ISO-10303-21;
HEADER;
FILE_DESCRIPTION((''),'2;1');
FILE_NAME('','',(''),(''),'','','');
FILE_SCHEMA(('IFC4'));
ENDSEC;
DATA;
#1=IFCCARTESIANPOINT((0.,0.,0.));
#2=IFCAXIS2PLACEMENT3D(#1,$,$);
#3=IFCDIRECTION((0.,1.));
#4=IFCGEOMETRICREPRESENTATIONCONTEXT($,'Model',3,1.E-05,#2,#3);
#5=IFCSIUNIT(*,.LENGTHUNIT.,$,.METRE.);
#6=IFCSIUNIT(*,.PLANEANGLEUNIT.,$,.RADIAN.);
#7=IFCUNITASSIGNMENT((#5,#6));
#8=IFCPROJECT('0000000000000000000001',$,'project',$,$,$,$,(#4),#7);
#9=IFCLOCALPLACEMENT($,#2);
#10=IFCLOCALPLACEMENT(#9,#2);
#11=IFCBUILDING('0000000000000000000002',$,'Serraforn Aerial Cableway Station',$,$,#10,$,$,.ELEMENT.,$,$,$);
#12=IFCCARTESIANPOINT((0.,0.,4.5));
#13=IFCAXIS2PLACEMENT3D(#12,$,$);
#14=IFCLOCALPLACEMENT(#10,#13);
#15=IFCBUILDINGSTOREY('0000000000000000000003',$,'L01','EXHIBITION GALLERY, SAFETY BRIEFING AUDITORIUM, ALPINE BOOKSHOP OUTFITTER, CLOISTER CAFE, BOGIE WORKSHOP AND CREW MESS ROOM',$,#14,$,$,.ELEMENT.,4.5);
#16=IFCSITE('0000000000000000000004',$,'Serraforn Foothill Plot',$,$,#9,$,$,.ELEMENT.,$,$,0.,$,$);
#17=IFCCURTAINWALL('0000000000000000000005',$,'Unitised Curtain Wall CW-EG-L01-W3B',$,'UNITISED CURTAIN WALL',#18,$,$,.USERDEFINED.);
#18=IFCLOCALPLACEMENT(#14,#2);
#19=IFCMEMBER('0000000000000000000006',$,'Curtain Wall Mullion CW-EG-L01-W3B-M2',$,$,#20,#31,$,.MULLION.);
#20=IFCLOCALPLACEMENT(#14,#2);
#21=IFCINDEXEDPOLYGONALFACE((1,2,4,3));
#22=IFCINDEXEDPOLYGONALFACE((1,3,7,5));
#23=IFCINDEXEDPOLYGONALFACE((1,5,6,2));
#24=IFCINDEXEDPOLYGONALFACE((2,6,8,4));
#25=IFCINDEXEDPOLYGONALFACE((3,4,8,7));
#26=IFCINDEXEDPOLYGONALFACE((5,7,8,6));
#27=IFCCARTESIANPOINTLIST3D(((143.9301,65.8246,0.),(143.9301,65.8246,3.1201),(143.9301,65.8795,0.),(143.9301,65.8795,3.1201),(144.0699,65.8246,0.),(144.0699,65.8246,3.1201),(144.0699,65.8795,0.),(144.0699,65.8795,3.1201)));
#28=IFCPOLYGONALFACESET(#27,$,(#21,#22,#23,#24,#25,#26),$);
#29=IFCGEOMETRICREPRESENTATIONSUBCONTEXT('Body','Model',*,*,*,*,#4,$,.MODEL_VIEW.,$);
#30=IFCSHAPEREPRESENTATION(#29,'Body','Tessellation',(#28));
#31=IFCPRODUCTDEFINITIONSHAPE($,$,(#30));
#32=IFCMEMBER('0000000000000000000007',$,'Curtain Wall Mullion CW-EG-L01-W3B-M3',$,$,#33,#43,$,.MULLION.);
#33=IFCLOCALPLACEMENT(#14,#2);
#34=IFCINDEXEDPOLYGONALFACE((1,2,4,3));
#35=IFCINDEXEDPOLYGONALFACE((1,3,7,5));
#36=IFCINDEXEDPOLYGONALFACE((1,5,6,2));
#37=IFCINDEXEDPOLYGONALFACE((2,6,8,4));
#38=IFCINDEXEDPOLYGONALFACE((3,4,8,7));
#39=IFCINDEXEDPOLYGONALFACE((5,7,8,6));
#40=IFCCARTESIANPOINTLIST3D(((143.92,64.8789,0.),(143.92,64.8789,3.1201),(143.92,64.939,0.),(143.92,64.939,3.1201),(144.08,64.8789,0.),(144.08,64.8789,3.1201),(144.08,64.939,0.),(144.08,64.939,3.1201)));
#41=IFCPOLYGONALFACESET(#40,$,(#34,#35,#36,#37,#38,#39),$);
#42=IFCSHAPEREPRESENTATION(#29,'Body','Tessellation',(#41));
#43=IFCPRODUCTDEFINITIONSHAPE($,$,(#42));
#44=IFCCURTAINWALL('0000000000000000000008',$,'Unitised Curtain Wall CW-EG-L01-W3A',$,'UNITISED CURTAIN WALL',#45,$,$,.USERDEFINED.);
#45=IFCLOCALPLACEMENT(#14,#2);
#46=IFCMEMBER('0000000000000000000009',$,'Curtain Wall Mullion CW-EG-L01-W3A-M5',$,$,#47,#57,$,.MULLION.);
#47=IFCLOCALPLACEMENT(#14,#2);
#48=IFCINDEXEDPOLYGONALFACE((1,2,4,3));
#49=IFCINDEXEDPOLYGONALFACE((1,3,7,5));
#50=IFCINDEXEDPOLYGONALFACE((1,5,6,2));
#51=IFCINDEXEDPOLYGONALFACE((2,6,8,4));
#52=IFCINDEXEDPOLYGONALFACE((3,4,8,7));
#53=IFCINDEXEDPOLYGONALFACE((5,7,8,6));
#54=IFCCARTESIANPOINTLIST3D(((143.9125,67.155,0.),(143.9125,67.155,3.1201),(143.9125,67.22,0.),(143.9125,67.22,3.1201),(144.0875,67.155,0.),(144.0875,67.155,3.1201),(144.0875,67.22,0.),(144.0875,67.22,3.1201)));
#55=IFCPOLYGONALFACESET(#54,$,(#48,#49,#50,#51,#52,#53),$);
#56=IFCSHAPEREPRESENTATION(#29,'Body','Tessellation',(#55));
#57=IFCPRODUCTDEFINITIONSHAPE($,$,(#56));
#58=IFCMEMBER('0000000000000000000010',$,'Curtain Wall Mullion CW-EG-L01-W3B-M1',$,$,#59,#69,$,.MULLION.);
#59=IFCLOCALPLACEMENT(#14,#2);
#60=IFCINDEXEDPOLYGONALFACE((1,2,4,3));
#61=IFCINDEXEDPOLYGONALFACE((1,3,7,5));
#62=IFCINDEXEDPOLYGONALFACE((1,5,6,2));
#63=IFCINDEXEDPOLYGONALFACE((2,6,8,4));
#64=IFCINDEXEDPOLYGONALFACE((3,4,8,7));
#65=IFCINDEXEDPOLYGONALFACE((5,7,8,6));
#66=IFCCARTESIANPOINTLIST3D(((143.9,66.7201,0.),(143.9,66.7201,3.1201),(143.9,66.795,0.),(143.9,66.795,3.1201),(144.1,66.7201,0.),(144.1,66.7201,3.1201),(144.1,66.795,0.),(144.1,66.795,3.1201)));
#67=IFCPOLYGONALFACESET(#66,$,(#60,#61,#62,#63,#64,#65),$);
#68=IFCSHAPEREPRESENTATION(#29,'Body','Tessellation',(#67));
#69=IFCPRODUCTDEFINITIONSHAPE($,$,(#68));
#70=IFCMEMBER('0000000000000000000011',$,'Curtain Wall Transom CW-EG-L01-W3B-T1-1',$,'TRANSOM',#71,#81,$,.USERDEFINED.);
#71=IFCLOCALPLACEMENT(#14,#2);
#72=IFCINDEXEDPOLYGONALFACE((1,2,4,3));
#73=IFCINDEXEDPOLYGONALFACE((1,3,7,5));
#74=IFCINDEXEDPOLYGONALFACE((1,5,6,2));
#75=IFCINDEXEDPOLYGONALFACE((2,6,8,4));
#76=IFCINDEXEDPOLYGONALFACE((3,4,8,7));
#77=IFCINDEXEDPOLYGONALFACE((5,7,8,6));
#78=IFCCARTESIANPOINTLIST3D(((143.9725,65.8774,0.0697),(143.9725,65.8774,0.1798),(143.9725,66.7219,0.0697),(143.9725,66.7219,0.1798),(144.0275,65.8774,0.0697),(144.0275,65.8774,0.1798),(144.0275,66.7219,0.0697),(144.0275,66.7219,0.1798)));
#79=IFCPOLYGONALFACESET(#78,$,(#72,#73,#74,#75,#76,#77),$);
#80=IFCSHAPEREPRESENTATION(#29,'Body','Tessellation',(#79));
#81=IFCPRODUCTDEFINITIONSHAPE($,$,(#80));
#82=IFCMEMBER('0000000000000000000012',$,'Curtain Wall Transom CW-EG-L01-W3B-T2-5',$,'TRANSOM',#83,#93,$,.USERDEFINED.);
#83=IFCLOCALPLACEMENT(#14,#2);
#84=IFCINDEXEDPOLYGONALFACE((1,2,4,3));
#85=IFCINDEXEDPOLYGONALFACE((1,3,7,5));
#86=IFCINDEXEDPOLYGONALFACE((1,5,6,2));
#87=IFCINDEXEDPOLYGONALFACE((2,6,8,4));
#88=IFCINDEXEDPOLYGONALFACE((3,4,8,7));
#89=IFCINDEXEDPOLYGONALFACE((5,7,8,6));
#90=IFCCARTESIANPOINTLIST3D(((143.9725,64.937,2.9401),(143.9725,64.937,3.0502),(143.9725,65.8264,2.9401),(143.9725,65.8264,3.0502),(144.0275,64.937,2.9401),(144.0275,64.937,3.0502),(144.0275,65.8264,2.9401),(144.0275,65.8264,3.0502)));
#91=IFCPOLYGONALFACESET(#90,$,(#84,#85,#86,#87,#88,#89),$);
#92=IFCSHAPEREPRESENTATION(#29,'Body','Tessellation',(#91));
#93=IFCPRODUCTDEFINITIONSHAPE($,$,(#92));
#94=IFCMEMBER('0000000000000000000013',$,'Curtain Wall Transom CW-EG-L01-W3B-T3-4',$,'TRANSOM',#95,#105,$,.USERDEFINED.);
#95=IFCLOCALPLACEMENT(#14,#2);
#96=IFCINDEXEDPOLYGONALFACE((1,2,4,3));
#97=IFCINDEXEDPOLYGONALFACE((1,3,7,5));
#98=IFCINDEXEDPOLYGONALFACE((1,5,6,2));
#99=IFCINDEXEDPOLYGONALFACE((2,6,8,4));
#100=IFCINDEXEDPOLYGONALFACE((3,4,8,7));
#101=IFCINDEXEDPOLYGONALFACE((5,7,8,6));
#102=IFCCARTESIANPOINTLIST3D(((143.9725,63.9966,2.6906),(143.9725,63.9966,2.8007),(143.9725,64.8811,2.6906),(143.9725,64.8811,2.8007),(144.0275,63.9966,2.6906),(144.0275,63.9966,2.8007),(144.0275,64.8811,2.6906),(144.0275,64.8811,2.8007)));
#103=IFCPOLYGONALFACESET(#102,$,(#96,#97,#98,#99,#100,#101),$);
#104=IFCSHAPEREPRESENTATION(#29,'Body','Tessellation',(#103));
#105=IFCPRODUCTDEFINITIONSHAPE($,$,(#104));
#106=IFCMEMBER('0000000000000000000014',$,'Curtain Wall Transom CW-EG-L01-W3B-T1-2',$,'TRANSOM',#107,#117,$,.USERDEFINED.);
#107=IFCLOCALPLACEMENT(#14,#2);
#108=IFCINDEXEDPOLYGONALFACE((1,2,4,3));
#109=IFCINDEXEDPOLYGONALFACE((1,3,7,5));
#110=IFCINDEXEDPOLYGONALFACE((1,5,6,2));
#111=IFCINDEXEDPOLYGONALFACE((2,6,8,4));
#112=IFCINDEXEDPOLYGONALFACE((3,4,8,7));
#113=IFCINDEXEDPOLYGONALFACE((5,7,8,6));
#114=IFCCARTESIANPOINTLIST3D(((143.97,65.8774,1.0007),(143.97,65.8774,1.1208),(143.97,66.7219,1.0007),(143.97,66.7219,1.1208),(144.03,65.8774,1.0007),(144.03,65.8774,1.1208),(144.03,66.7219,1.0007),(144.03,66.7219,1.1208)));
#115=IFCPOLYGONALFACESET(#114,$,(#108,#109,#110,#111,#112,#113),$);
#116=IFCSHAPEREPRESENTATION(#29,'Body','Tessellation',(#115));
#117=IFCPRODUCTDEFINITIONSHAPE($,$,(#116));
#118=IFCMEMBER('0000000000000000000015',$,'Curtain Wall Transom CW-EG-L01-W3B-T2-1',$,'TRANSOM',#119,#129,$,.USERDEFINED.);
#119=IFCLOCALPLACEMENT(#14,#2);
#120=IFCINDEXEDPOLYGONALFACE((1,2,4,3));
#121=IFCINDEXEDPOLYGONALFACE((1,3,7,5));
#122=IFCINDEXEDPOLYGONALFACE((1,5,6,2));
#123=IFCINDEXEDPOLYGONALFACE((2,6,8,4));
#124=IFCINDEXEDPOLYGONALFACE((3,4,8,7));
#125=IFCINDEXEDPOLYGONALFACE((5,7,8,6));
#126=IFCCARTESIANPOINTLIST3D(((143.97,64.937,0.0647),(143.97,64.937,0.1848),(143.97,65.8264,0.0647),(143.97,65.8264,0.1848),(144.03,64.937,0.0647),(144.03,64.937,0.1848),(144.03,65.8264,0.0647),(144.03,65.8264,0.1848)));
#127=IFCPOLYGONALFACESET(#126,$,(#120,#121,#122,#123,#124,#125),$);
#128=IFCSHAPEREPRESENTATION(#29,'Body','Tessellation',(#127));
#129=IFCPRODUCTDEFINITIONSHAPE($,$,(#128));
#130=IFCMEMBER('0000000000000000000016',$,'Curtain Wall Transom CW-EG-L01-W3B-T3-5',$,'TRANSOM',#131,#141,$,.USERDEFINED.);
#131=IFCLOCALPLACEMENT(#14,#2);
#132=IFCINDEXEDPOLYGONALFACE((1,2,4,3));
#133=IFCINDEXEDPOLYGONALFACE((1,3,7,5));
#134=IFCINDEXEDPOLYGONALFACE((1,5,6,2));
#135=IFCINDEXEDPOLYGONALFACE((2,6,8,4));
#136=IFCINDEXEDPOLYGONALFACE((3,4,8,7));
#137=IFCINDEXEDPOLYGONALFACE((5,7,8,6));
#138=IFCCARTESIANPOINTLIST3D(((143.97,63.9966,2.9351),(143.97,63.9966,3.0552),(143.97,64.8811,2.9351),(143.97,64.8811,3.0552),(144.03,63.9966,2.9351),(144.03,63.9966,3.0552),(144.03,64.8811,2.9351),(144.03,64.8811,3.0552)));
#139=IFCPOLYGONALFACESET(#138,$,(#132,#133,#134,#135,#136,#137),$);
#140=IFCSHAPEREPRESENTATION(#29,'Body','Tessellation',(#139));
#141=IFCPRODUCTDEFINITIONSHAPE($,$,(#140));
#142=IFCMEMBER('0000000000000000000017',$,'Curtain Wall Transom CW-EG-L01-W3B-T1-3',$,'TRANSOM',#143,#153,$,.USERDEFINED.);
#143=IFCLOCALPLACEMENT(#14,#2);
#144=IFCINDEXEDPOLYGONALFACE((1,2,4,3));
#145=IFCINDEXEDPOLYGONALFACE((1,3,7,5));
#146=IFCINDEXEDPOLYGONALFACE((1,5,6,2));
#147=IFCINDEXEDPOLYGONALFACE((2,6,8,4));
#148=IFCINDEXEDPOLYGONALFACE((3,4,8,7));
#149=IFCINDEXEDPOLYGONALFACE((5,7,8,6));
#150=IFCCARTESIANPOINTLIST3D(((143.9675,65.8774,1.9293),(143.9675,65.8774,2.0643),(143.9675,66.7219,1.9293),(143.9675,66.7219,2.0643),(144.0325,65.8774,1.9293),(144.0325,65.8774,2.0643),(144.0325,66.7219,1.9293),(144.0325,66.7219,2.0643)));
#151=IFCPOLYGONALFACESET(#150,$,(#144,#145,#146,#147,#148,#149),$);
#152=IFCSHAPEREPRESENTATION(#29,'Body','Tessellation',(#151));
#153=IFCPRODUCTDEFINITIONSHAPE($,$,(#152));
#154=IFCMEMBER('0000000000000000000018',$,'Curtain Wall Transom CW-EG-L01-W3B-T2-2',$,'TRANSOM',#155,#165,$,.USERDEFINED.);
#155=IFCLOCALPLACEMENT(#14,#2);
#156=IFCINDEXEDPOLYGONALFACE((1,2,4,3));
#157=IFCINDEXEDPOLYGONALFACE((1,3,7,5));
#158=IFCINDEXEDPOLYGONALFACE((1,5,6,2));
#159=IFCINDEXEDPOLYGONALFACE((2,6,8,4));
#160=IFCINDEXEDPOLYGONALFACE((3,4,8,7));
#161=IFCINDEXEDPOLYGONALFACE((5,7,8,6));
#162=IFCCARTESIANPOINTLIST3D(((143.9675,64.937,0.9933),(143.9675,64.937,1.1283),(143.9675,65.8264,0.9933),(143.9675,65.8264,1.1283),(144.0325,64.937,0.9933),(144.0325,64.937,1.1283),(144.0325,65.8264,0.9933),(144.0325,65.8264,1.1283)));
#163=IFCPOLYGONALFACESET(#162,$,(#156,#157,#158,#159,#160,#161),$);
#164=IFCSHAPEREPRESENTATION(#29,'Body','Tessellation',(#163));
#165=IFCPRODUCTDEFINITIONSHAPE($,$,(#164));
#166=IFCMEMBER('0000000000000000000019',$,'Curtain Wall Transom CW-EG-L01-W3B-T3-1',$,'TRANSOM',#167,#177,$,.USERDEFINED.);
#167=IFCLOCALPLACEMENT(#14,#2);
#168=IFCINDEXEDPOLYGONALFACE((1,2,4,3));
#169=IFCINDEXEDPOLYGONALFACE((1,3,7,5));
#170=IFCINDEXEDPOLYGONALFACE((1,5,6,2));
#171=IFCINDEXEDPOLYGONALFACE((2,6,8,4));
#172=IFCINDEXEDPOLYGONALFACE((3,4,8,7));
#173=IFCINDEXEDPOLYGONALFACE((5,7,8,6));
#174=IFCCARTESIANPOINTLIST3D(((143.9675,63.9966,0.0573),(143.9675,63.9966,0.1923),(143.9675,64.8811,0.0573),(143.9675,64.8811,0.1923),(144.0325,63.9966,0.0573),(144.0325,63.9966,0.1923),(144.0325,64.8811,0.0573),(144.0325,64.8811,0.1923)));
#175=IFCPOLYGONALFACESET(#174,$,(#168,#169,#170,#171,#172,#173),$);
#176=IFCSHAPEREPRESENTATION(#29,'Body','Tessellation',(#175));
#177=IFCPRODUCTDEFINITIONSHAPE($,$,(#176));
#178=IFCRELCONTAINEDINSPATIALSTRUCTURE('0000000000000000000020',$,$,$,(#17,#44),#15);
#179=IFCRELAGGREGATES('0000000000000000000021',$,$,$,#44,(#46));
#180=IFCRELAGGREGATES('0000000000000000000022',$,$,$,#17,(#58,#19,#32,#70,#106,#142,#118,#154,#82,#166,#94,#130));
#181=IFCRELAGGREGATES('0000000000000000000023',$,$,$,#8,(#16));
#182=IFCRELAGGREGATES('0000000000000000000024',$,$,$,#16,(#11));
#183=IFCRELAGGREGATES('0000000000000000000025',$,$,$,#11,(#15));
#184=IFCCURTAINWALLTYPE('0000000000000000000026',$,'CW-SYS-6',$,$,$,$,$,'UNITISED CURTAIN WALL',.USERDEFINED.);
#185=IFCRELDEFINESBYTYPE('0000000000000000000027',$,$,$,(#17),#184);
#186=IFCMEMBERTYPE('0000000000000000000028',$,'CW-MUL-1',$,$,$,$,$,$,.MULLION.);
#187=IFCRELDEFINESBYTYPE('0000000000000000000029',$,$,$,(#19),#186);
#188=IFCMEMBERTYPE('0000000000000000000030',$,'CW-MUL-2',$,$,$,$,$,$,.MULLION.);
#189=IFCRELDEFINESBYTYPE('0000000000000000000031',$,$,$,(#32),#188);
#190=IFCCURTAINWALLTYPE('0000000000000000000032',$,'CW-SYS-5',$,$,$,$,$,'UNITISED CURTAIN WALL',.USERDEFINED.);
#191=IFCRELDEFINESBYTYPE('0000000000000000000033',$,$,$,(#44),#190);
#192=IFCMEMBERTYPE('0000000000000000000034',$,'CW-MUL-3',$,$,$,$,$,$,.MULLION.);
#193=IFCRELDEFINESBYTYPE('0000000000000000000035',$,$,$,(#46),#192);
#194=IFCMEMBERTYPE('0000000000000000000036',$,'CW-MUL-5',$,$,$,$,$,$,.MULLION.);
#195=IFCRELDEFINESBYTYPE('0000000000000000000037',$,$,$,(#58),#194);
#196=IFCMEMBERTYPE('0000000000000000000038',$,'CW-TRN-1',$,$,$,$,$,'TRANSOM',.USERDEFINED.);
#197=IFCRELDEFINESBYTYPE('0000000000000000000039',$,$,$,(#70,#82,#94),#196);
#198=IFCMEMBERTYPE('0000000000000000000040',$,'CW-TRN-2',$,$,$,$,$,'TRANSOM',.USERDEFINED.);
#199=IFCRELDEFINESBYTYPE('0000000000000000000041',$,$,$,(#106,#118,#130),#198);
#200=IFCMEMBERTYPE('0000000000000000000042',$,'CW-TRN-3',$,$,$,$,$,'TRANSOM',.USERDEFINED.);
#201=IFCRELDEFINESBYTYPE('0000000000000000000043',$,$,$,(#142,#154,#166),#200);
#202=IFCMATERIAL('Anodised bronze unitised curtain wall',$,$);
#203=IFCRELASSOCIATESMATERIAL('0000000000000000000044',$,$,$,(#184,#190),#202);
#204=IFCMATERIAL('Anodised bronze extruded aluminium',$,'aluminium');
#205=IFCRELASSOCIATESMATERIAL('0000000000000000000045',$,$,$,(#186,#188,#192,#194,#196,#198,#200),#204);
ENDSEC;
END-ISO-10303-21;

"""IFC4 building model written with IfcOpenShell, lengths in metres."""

from ifc_helpers import new_model, si_unit, direction, frame, origin, origin_2d, place, context, subcontext, project, spatial, rectangle, extrude, material, material_profile, profile_set, type_object, element, aggregate, save


model = new_model("IFC4")

# Units and contexts
model_context = context("Model", 3, precision=1e-05, world=origin(), true_north=direction((0.0, 1.0)))
body_context = subcontext(model_context, "Body", "Model", "MODEL_VIEW")
ifc_project = project(units=[si_unit("LENGTHUNIT", "METRE"), si_unit("PLANEANGLEUNIT", "RADIAN")], contexts=[model_context])

# Site, building, storey
site_placement = place(None, origin())
site = spatial("IfcSite", under=ifc_project, at=site_placement, Name="Serraforn Foothill Plot", CompositionType="ELEMENT", RefElevation=0.0)
building_placement = place(site_placement, origin())
building = spatial("IfcBuilding", under=site, at=building_placement, Name="Serraforn Aerial Cableway Station", CompositionType="ELEMENT")
storey_placement = place(building_placement, frame((0.0, 0.0, 4.5)))
storey = spatial("IfcBuildingStorey", under=building, at=storey_placement, Name="L01", Description="EXHIBITION GALLERY, SAFETY BRIEFING AUDITORIUM, ALPINE BOOKSHOP OUTFITTER, CLOISTER CAFE, BOGIE WORKSHOP AND CREW MESS ROOM", CompositionType="ELEMENT", Elevation=4.5)

# Curtain wall, members
ifc_material_1 = material(Name="Anodised bronze unitised curtain wall")
curtain_wall_type_1 = type_object("IfcCurtainWallType", Name="CW-SYS-6", ElementType="UNITISED CURTAIN WALL", PredefinedType="USERDEFINED", material=ifc_material_1)
curtain_wall_1_placement = place(storey_placement, origin())
curtain_wall_1 = element("IfcCurtainWall", 1, at=curtain_wall_1_placement, inside=storey, type_object=curtain_wall_type_1, Name="Unitised Curtain Wall CW-EG-L01-W3B", ObjectType="UNITISED CURTAIN WALL", PredefinedType="USERDEFINED")
ifc_material_2 = material(Name="Anodised bronze extruded aluminium", Category="aluminium")
ifc_material_profile_1 = material_profile(ifc_material_2, rectangle(XDim=0.0549, YDim=0.1399, at=origin_2d()), Name="CW MULLION 55x140")
ifc_profile_set_1 = profile_set([ifc_material_profile_1], Name="Anodised bronze extruded aluminium")
member_type_1 = type_object("IfcMemberType", Name="CW-MUL-1", PredefinedType="MULLION", material=ifc_profile_set_1)
member_1_placement = place(storey_placement, frame((144.0, 65.8521, 0.0), z_axis=(0.0, 0.0, 1.0), x_axis=(0.0, -1.0, 0.0)))
member_1 = element("IfcMember", 2, at=member_1_placement, type_object=member_type_1, Name="Curtain Wall Mullion CW-EG-L01-W3B-M2", PredefinedType="MULLION", context=body_context, shape_type="SweptSolid", body=[
    extrude(rectangle(XDim=0.0549, YDim=0.1399, at=origin_2d()), origin(), (0.0, 0.0, 1.0), 3.1201),
])
ifc_material_profile_2 = material_profile(ifc_material_2, rectangle(XDim=0.0601, YDim=0.1599, at=origin_2d()), Name="CW MULLION 60x160")
ifc_profile_set_2 = profile_set([ifc_material_profile_2], Name="Anodised bronze extruded aluminium")
member_type_2 = type_object("IfcMemberType", Name="CW-MUL-2", PredefinedType="MULLION", material=ifc_profile_set_2)
member_2_placement = place(storey_placement, frame((144.0, 64.9089, 0.0), z_axis=(0.0, 0.0, 1.0), x_axis=(0.0, -1.0, 0.0)))
member_2 = element("IfcMember", 3, at=member_2_placement, type_object=member_type_2, Name="Curtain Wall Mullion CW-EG-L01-W3B-M3", PredefinedType="MULLION", context=body_context, shape_type="SweptSolid", body=[
    extrude(rectangle(XDim=0.0601, YDim=0.1599, at=origin_2d()), origin(), (0.0, 0.0, 1.0), 3.1201),
])

# Curtain wall, member
curtain_wall_type_2 = type_object("IfcCurtainWallType", Name="CW-SYS-5", ElementType="UNITISED CURTAIN WALL", PredefinedType="USERDEFINED", material=ifc_material_1)
curtain_wall_2_placement = place(storey_placement, origin())
curtain_wall_2 = element("IfcCurtainWall", 4, at=curtain_wall_2_placement, inside=storey, type_object=curtain_wall_type_2, Name="Unitised Curtain Wall CW-EG-L01-W3A", ObjectType="UNITISED CURTAIN WALL", PredefinedType="USERDEFINED")
ifc_material_profile_3 = material_profile(ifc_material_2, rectangle(XDim=0.0649, YDim=0.175, at=origin_2d()), Name="CW MULLION 65x175")
ifc_profile_set_3 = profile_set([ifc_material_profile_3], Name="Anodised bronze extruded aluminium")
member_type_3 = type_object("IfcMemberType", Name="CW-MUL-3", PredefinedType="MULLION", material=ifc_profile_set_3)
member_3_placement = place(storey_placement, frame((144.0, 67.1875, 0.0), z_axis=(0.0, 0.0, 1.0), x_axis=(0.0, -1.0, 0.0)))
member_3 = element("IfcMember", 5, at=member_3_placement, type_object=member_type_3, Name="Curtain Wall Mullion CW-EG-L01-W3A-M5", PredefinedType="MULLION", context=body_context, shape_type="SweptSolid", body=[
    extrude(rectangle(XDim=0.0649, YDim=0.175, at=origin_2d()), origin(), (0.0, 0.0, 1.0), 3.1201),
])

# Members
ifc_material_profile_4 = material_profile(ifc_material_2, rectangle(XDim=0.075, YDim=0.2, at=origin_2d()), Name="CW MULLION 75x200")
ifc_profile_set_4 = profile_set([ifc_material_profile_4], Name="Anodised bronze extruded aluminium")
member_type_4 = type_object("IfcMemberType", Name="CW-MUL-5", PredefinedType="MULLION", material=ifc_profile_set_4)
member_4_placement = place(storey_placement, frame((144.0, 66.7576, 0.0), z_axis=(0.0, 0.0, 1.0), x_axis=(0.0, -1.0, 0.0)))
member_4 = element("IfcMember", 6, at=member_4_placement, type_object=member_type_4, Name="Curtain Wall Mullion CW-EG-L01-W3B-M1", PredefinedType="MULLION", context=body_context, shape_type="SweptSolid", body=[
    extrude(rectangle(XDim=0.075, YDim=0.2, at=origin_2d()), origin(), (0.0, 0.0, 1.0), 3.1201),
])
ifc_material_profile_5 = material_profile(ifc_material_2, rectangle(XDim=0.0549, YDim=0.1101, at=origin_2d()), Name="CW TRANSOM 55x110")
ifc_profile_set_5 = profile_set([ifc_material_profile_5], Name="Anodised bronze extruded aluminium")
member_type_5 = type_object("IfcMemberType", Name="CW-TRN-1", ElementType="TRANSOM", PredefinedType="USERDEFINED", material=ifc_profile_set_5)
member_5_placement = place(storey_placement, frame((144.0, 66.7219, 0.1248), z_axis=(0.0, -1.0, 0.0), x_axis=(1.0, 0.0, 0.0)))
member_5 = element("IfcMember", 7, at=member_5_placement, type_object=member_type_5, Name="Curtain Wall Transom CW-EG-L01-W3B-T1-1", ObjectType="TRANSOM", PredefinedType="USERDEFINED", context=body_context, shape_type="SweptSolid", body=[
    extrude(rectangle(XDim=0.0549, YDim=0.1101, at=origin_2d()), origin(), (0.0, 0.0, 1.0), 0.8445),
])
member_6_placement = place(storey_placement, frame((144.0, 65.8264, 2.9951), z_axis=(0.0, -1.0, 0.0), x_axis=(1.0, 0.0, 0.0)))
member_6 = element("IfcMember", 8, at=member_6_placement, type_object=member_type_5, Name="Curtain Wall Transom CW-EG-L01-W3B-T2-5", ObjectType="TRANSOM", PredefinedType="USERDEFINED", context=body_context, shape_type="SweptSolid", body=[
    extrude(rectangle(XDim=0.0549, YDim=0.1101, at=origin_2d()), origin(), (0.0, 0.0, 1.0), 0.8894),
])
member_7_placement = place(storey_placement, frame((144.0, 64.8811, 2.7456), z_axis=(0.0, -1.0, 0.0), x_axis=(1.0, 0.0, 0.0)))
member_7 = element("IfcMember", 9, at=member_7_placement, type_object=member_type_5, Name="Curtain Wall Transom CW-EG-L01-W3B-T3-4", ObjectType="TRANSOM", PredefinedType="USERDEFINED", context=body_context, shape_type="SweptSolid", body=[
    extrude(rectangle(XDim=0.0549, YDim=0.1101, at=origin_2d()), origin(), (0.0, 0.0, 1.0), 0.8845),
])
ifc_material_profile_6 = material_profile(ifc_material_2, rectangle(XDim=0.0601, YDim=0.1201, at=origin_2d()), Name="CW TRANSOM 60x120")
ifc_profile_set_6 = profile_set([ifc_material_profile_6], Name="Anodised bronze extruded aluminium")
member_type_6 = type_object("IfcMemberType", Name="CW-TRN-2", ElementType="TRANSOM", PredefinedType="USERDEFINED", material=ifc_profile_set_6)
member_8_placement = place(storey_placement, frame((144.0, 66.7219, 1.0608), z_axis=(0.0, -1.0, 0.0), x_axis=(1.0, 0.0, 0.0)))
member_8 = element("IfcMember", 10, at=member_8_placement, type_object=member_type_6, Name="Curtain Wall Transom CW-EG-L01-W3B-T1-2", ObjectType="TRANSOM", PredefinedType="USERDEFINED", context=body_context, shape_type="SweptSolid", body=[
    extrude(rectangle(XDim=0.0601, YDim=0.1201, at=origin_2d()), origin(), (0.0, 0.0, 1.0), 0.8445),
])
member_9_placement = place(storey_placement, frame((144.0, 65.8264, 0.1248), z_axis=(0.0, -1.0, 0.0), x_axis=(1.0, 0.0, 0.0)))
member_9 = element("IfcMember", 11, at=member_9_placement, type_object=member_type_6, Name="Curtain Wall Transom CW-EG-L01-W3B-T2-1", ObjectType="TRANSOM", PredefinedType="USERDEFINED", context=body_context, shape_type="SweptSolid", body=[
    extrude(rectangle(XDim=0.0601, YDim=0.1201, at=origin_2d()), origin(), (0.0, 0.0, 1.0), 0.8894),
])
member_10_placement = place(storey_placement, frame((144.0, 64.8811, 2.9951), z_axis=(0.0, -1.0, 0.0), x_axis=(1.0, 0.0, 0.0)))
member_10 = element("IfcMember", 12, at=member_10_placement, type_object=member_type_6, Name="Curtain Wall Transom CW-EG-L01-W3B-T3-5", ObjectType="TRANSOM", PredefinedType="USERDEFINED", context=body_context, shape_type="SweptSolid", body=[
    extrude(rectangle(XDim=0.0601, YDim=0.1201, at=origin_2d()), origin(), (0.0, 0.0, 1.0), 0.8845),
])
ifc_material_profile_7 = material_profile(ifc_material_2, rectangle(XDim=0.0649, YDim=0.135, at=origin_2d()), Name="CW TRANSOM 65x135")
ifc_profile_set_7 = profile_set([ifc_material_profile_7], Name="Anodised bronze extruded aluminium")
member_type_7 = type_object("IfcMemberType", Name="CW-TRN-3", ElementType="TRANSOM", PredefinedType="USERDEFINED", material=ifc_profile_set_7)
member_11_placement = place(storey_placement, frame((144.0, 66.7219, 1.9968), z_axis=(0.0, -1.0, 0.0), x_axis=(1.0, 0.0, 0.0)))
member_11 = element("IfcMember", 13, at=member_11_placement, type_object=member_type_7, Name="Curtain Wall Transom CW-EG-L01-W3B-T1-3", ObjectType="TRANSOM", PredefinedType="USERDEFINED", context=body_context, shape_type="SweptSolid", body=[
    extrude(rectangle(XDim=0.0649, YDim=0.135, at=origin_2d()), origin(), (0.0, 0.0, 1.0), 0.8445),
])
member_12_placement = place(storey_placement, frame((144.0, 65.8264, 1.0608), z_axis=(0.0, -1.0, 0.0), x_axis=(1.0, 0.0, 0.0)))
member_12 = element("IfcMember", 14, at=member_12_placement, type_object=member_type_7, Name="Curtain Wall Transom CW-EG-L01-W3B-T2-2", ObjectType="TRANSOM", PredefinedType="USERDEFINED", context=body_context, shape_type="SweptSolid", body=[
    extrude(rectangle(XDim=0.0649, YDim=0.135, at=origin_2d()), origin(), (0.0, 0.0, 1.0), 0.8894),
])
member_13_placement = place(storey_placement, frame((144.0, 64.8811, 0.1248), z_axis=(0.0, -1.0, 0.0), x_axis=(1.0, 0.0, 0.0)))
member_13 = element("IfcMember", 15, at=member_13_placement, type_object=member_type_7, Name="Curtain Wall Transom CW-EG-L01-W3B-T3-1", ObjectType="TRANSOM", PredefinedType="USERDEFINED", context=body_context, shape_type="SweptSolid", body=[
    extrude(rectangle(XDim=0.0649, YDim=0.135, at=origin_2d()), origin(), (0.0, 0.0, 1.0), 0.8845),
])

aggregate(curtain_wall_2, [member_3])
aggregate(curtain_wall_1, [member_4, member_1, member_2, member_5, member_8, member_11, member_9, member_12, member_6, member_13, member_7, member_10])

save(model, "model.ifc")
